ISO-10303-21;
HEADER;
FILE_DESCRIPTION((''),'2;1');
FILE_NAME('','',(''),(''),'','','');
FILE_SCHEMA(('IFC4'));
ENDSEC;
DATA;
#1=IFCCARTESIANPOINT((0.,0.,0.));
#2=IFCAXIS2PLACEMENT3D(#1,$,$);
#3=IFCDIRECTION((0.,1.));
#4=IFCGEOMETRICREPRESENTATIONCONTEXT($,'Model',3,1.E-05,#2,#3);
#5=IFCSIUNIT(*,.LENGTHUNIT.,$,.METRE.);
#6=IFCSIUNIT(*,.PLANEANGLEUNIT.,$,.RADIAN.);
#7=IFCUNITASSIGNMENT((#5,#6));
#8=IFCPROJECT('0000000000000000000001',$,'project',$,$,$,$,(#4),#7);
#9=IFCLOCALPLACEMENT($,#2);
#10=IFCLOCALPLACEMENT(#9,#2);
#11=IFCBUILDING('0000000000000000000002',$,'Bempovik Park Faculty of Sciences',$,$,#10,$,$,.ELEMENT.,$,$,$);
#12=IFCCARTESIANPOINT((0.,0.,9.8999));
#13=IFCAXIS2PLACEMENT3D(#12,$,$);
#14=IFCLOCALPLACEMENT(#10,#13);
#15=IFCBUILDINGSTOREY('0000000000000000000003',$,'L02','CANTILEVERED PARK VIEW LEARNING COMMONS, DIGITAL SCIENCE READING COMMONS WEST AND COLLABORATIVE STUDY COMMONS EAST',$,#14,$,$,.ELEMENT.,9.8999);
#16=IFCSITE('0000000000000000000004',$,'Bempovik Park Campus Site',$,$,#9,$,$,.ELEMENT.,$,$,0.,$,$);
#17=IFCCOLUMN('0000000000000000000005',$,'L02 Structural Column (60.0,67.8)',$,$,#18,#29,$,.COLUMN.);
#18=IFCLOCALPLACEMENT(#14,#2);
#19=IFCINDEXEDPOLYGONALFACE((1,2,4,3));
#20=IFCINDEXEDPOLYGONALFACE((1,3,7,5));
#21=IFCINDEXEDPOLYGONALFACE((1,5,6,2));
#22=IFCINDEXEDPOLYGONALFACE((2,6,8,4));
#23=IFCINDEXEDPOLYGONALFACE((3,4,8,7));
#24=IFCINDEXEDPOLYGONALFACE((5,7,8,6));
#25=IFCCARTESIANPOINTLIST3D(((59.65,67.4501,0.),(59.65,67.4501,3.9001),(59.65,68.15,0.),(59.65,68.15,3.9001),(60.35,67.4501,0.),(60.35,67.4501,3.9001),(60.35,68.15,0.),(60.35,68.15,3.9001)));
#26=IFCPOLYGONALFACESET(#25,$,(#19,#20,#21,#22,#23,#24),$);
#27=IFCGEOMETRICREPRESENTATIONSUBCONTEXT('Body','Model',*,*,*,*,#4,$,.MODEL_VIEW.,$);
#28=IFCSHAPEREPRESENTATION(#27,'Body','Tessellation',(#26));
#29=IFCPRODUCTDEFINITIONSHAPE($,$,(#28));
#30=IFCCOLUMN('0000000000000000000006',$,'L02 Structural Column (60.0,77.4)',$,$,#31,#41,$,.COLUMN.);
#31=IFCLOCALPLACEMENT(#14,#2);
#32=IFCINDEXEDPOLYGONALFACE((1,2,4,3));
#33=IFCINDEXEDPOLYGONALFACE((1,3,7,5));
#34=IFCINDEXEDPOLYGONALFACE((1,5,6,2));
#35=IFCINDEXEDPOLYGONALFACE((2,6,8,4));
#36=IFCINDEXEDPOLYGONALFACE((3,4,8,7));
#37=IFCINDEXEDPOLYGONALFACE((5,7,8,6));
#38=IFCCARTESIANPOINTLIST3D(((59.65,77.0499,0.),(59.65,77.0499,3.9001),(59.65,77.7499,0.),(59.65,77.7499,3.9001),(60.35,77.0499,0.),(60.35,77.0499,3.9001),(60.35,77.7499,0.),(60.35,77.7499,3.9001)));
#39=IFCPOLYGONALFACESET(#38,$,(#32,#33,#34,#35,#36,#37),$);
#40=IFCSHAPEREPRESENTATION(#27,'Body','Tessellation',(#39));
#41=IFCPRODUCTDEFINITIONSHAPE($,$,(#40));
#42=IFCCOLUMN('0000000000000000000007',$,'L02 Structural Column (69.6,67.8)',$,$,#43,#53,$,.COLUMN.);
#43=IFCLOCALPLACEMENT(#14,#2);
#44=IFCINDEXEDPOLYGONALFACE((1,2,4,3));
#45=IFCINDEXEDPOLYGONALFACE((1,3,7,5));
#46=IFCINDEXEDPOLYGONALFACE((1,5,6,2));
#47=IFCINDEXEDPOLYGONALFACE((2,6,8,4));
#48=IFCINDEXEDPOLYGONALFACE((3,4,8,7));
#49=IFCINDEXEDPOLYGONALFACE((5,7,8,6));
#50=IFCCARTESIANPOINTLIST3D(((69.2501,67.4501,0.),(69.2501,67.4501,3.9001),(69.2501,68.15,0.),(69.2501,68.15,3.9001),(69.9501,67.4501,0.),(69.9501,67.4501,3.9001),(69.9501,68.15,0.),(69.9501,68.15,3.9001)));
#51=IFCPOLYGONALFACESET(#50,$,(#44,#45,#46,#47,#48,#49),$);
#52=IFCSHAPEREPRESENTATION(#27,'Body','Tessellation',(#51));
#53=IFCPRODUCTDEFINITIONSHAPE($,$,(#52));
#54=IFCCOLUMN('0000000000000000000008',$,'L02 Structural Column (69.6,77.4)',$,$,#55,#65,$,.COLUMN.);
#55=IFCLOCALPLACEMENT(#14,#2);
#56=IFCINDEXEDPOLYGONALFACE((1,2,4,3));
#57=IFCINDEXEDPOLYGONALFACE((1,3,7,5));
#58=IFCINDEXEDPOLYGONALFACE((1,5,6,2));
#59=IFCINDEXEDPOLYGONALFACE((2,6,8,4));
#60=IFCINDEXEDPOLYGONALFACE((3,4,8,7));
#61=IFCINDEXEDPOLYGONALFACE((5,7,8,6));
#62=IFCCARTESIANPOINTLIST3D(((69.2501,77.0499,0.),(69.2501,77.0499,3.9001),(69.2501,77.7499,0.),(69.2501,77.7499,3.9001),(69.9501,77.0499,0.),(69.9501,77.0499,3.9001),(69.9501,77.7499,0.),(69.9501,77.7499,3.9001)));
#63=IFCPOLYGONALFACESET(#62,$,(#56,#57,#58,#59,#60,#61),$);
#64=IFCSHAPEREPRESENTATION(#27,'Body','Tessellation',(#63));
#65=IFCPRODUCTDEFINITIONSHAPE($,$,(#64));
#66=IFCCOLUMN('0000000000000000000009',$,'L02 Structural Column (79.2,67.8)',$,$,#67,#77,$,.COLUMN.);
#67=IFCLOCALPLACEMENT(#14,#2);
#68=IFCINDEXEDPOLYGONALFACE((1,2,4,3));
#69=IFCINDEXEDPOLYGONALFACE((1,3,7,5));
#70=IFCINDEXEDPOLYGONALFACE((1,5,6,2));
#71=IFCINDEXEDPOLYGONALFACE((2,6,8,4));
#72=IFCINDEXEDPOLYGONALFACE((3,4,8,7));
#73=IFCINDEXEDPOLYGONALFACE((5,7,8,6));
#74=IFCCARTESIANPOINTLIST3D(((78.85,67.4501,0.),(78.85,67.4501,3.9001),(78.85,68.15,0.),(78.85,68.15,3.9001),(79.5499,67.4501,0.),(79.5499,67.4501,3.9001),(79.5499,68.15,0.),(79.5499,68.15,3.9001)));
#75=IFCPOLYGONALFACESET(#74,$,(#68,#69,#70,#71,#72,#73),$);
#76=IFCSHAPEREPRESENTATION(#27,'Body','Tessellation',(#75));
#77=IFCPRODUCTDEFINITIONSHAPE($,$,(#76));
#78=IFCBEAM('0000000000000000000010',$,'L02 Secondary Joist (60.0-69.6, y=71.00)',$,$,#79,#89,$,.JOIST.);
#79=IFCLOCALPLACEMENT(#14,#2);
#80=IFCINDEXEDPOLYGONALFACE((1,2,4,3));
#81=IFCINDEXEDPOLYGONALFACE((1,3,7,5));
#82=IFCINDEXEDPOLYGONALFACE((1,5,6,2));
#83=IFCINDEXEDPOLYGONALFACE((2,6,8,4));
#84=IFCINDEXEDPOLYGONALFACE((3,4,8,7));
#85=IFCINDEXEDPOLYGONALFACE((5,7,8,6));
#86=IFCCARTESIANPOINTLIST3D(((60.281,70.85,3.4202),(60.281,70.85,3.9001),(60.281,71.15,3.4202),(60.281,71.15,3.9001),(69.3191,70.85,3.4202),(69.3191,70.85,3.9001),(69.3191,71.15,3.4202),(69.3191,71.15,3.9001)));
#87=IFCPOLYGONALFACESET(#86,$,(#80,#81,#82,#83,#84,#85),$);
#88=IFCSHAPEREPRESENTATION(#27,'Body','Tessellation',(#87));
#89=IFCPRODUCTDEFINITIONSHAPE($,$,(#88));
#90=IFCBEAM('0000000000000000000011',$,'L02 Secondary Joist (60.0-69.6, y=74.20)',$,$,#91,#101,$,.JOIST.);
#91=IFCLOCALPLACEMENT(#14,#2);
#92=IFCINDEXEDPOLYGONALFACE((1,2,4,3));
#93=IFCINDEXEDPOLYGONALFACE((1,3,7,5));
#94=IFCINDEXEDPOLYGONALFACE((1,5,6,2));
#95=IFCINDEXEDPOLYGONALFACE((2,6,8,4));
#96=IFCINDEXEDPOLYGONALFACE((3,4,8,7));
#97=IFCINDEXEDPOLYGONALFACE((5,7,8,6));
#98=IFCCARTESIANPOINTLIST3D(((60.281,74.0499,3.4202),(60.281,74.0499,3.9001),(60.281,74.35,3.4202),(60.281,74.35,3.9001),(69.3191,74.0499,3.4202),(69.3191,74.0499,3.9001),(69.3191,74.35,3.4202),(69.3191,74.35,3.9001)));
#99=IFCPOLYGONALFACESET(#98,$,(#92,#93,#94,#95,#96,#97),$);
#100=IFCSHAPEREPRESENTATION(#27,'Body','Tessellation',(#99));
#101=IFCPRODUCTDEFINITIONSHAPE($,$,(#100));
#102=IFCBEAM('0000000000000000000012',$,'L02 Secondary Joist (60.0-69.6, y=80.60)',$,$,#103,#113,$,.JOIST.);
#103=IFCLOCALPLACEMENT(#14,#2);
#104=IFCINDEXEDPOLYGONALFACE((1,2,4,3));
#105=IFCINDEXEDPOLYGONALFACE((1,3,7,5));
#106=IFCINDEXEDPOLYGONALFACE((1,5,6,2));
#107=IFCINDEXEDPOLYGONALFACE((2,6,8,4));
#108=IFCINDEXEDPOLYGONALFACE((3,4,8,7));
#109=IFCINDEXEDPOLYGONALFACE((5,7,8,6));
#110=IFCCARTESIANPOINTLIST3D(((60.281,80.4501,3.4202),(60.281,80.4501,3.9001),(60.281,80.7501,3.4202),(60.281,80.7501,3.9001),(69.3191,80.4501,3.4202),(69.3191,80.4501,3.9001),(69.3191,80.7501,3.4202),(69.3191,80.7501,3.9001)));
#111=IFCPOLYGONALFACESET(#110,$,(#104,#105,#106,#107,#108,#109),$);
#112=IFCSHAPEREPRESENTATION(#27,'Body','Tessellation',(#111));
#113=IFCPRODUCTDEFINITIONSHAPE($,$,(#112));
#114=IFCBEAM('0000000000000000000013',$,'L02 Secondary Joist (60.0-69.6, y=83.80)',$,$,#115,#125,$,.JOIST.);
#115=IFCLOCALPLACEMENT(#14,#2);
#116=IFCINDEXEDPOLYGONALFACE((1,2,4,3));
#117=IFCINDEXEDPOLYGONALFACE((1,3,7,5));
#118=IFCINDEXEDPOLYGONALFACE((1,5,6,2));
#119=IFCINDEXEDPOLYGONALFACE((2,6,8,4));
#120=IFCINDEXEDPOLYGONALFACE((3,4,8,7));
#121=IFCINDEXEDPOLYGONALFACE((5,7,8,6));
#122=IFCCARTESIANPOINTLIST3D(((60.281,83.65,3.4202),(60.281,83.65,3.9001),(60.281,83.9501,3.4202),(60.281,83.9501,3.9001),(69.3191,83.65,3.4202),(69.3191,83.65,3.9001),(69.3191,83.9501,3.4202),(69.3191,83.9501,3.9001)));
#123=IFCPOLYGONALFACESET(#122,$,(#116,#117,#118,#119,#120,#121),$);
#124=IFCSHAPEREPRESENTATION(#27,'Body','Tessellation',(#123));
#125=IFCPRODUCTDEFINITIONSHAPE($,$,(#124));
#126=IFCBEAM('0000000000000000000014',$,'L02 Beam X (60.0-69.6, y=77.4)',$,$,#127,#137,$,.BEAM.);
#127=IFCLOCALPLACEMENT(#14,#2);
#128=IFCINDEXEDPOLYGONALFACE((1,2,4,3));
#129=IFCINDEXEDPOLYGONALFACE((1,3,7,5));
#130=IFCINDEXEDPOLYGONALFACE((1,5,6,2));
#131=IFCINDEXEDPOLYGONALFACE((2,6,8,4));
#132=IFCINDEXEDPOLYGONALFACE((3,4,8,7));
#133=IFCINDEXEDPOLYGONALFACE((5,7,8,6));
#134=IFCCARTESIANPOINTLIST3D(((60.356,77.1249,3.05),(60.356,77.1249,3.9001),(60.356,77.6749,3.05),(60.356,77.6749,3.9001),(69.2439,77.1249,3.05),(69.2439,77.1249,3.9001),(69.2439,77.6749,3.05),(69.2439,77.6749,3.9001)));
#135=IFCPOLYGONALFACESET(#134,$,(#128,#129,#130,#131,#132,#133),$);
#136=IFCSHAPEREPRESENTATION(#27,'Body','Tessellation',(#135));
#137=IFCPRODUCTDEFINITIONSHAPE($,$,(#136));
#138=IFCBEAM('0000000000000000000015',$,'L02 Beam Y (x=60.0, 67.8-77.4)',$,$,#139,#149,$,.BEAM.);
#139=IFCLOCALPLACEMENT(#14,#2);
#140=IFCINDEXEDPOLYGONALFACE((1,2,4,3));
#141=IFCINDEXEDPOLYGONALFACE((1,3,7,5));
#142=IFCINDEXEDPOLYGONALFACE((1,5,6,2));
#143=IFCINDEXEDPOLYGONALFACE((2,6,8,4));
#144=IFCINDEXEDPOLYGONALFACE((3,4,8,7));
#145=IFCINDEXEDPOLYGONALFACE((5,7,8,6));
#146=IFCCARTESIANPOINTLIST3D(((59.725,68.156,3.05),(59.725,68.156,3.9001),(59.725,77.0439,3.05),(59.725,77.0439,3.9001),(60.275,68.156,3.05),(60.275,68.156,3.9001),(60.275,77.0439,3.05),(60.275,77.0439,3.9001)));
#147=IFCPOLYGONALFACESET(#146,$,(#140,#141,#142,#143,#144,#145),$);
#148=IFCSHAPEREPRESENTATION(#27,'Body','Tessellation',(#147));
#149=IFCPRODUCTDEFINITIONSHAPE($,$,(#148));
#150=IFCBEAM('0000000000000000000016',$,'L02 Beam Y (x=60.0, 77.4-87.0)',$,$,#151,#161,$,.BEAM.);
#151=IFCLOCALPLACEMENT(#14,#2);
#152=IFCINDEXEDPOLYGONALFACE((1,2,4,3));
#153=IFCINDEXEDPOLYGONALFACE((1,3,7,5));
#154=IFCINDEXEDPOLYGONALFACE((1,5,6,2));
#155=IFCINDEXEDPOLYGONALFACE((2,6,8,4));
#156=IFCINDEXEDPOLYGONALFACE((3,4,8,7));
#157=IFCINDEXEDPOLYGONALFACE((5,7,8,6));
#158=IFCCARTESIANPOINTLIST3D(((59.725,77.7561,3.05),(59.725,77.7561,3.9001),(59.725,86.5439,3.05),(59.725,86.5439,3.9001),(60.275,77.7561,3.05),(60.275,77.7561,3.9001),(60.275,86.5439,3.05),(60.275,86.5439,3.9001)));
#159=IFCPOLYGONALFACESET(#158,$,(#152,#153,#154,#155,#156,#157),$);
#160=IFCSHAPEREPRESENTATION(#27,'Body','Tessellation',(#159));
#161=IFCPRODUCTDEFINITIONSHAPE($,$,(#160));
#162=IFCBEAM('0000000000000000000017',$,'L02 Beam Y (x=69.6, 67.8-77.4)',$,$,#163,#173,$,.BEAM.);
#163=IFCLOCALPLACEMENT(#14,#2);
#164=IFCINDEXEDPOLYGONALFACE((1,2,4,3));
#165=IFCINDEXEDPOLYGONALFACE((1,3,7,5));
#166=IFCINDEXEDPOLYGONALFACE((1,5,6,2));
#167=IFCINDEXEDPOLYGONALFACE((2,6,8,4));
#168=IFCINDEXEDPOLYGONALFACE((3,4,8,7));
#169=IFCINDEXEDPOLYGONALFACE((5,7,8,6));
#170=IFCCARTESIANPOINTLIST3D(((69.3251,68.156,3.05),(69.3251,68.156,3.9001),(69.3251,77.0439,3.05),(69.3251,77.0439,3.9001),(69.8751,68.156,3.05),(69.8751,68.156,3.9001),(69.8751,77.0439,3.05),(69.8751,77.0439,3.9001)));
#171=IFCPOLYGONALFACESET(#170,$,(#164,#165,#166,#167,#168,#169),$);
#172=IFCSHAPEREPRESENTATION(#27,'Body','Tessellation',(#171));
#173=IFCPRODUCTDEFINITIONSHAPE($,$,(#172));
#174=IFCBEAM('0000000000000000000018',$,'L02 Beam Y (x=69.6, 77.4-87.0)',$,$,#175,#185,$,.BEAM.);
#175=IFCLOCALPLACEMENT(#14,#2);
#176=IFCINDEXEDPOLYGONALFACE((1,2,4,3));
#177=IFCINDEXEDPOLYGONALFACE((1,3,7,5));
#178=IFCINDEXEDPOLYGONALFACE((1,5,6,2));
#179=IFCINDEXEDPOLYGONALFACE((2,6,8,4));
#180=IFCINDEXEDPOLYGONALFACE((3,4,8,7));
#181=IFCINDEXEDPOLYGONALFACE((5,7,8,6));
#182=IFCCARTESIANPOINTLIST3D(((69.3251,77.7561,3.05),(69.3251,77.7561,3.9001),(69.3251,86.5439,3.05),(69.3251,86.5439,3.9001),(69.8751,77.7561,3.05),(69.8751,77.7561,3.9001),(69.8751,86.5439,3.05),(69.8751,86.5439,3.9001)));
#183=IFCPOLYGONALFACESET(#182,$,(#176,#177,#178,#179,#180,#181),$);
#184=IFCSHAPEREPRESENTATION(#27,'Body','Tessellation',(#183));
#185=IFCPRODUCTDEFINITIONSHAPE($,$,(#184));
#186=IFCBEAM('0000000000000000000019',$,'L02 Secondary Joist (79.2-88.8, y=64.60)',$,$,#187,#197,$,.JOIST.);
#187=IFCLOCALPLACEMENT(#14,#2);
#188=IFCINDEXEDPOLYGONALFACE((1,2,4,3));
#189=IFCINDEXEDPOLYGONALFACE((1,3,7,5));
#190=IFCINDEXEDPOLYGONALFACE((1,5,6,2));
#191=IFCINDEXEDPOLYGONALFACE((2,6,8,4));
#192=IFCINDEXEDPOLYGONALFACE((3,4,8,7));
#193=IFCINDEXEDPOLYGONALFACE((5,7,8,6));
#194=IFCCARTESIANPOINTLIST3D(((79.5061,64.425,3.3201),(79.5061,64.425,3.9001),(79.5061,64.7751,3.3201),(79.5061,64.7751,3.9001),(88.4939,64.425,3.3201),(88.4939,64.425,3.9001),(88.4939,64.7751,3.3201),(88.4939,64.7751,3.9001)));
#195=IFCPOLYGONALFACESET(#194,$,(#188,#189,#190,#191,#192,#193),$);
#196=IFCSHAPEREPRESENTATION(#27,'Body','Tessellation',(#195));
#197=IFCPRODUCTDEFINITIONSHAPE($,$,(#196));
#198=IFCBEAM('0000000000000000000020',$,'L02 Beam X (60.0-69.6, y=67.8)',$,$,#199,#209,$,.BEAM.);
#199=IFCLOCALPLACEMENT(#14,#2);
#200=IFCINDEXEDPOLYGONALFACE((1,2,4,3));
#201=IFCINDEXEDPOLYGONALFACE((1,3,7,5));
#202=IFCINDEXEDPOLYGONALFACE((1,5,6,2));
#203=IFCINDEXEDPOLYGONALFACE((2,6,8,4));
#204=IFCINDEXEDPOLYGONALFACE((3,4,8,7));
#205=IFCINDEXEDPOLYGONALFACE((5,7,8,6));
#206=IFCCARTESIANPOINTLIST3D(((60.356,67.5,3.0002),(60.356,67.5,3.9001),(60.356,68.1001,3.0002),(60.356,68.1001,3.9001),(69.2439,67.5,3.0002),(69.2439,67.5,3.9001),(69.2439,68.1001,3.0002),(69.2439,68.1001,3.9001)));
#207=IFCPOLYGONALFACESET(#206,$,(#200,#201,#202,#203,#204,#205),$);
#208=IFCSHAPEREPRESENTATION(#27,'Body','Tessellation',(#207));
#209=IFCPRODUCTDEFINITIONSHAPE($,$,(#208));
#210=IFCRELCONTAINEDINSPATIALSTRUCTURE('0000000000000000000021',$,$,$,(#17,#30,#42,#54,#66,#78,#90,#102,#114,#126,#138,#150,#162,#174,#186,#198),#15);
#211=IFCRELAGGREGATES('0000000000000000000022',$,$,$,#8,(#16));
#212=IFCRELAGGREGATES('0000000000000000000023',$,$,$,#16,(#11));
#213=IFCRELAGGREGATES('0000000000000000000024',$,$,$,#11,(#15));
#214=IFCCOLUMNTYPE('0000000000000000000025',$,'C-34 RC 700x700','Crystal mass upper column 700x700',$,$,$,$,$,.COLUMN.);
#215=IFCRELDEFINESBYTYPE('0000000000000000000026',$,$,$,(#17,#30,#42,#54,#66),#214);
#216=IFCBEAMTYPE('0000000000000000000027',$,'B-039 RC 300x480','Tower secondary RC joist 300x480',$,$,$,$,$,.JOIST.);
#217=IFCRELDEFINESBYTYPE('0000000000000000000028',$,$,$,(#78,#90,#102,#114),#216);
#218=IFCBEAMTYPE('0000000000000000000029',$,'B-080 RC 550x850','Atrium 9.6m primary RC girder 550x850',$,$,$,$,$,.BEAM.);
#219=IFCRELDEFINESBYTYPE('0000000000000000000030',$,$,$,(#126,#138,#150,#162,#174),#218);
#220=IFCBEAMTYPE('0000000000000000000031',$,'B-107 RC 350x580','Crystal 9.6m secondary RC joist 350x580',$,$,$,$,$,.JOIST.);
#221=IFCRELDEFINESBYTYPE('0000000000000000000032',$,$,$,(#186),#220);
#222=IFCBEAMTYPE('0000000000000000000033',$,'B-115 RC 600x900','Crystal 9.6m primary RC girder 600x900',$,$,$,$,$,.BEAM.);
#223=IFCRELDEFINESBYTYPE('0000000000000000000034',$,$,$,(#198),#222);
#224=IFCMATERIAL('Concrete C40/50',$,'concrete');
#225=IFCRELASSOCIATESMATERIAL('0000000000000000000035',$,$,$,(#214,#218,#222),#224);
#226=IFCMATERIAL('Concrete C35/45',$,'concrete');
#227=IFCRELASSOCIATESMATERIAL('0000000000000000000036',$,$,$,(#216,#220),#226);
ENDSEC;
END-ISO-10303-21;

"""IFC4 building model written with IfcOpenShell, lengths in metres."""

from ifc_helpers import new_model, si_unit, direction, frame, origin, origin_2d, place, context, subcontext, project, spatial, rectangle, extrude, material, material_profile, profile_set, type_object, element, save


model = new_model("IFC4")

# Units and contexts
model_context = context("Model", 3, precision=1e-05, world=origin(), true_north=direction((0.0, 1.0)))
body_context = subcontext(model_context, "Body", "Model", "MODEL_VIEW")
ifc_project = project(units=[si_unit("LENGTHUNIT", "METRE"), si_unit("PLANEANGLEUNIT", "RADIAN")], contexts=[model_context])

# Site, building, storey
site_placement = place(None, origin())
site = spatial("IfcSite", under=ifc_project, at=site_placement, Name="Bempovik Park Campus Site", CompositionType="ELEMENT", RefElevation=0.0)
building_placement = place(site_placement, origin())
building = spatial("IfcBuilding", under=site, at=building_placement, Name="Bempovik Park Faculty of Sciences", CompositionType="ELEMENT")
storey_placement = place(building_placement, frame((0.0, 0.0, 9.8999)))
storey = spatial("IfcBuildingStorey", under=building, at=storey_placement, Name="L02", Description="CANTILEVERED PARK VIEW LEARNING COMMONS, DIGITAL SCIENCE READING COMMONS WEST AND COLLABORATIVE STUDY COMMONS EAST", CompositionType="ELEMENT", Elevation=9.8999)

# Columns
ifc_material_1 = material(Name="Concrete C40/50", Category="concrete")
ifc_material_profile_1 = material_profile(ifc_material_1, rectangle(XDim=0.7, YDim=0.7, at=origin_2d()), Name="RC 700x700")
ifc_profile_set_1 = profile_set([ifc_material_profile_1], Name="Concrete C40/50")
column_type = type_object("IfcColumnType", Name="C-34 RC 700x700", Description="Crystal mass upper column 700x700", PredefinedType="COLUMN", material=ifc_profile_set_1)
for number, where, z_axis, x_axis, name in (
    (1, (60.0, 67.8, 0.0), (0.0, 0.0, 1.0), (1.0, 0.0, 0.0), "L02 Structural Column (60.0,67.8)"),
    (2, (60.0, 77.3999, 0.0), (0.0, 0.0, 1.0), (1.0, 0.0, 0.0), "L02 Structural Column (60.0,77.4)"),
    (3, (69.6001, 67.8, 0.0), (0.0, 0.0, 1.0), (1.0, 0.0, 0.0), "L02 Structural Column (69.6,67.8)"),
    (4, (69.6001, 77.3999, 0.0), (0.0, 0.0, 1.0), (1.0, 0.0, 0.0), "L02 Structural Column (69.6,77.4)"),
    (5, (79.2, 67.8, 0.0), (0.0, 0.0, 1.0), (1.0, 0.0, 0.0), "L02 Structural Column (79.2,67.8)"),
):
    element("IfcColumn", number, at=place(storey_placement, frame(where, z_axis=z_axis, x_axis=x_axis)), inside=storey, type_object=column_type, Name=name, PredefinedType="COLUMN", context=body_context, shape_type="SweptSolid", body=[
        extrude(rectangle(XDim=0.7, YDim=0.7, at=origin_2d()), origin(), (0.0, 0.0, 1.0), 3.9001),
    ])

# Beams
ifc_material_2 = material(Name="Concrete C35/45", Category="concrete")
ifc_material_profile_2 = material_profile(ifc_material_2, rectangle(XDim=0.3, YDim=0.48, at=origin_2d()), Name="RC 300x480")
ifc_profile_set_2 = profile_set([ifc_material_profile_2], Name="Concrete C35/45")
beam_type_1 = type_object("IfcBeamType", Name="B-039 RC 300x480", Description="Tower secondary RC joist 300x480", PredefinedType="JOIST", material=ifc_profile_set_2)
for number, where, z_axis, x_axis, name in (
    (6, (60.281, 71.0, 3.6602), (1.0, 0.0, 0.0), (0.0, 1.0, 0.0), "L02 Secondary Joist (60.0-69.6, y=71.00)"),
    (7, (60.281, 74.2, 3.6602), (1.0, 0.0, 0.0), (0.0, 1.0, 0.0), "L02 Secondary Joist (60.0-69.6, y=74.20)"),
    (8, (60.281, 80.6001, 3.6602), (1.0, 0.0, 0.0), (0.0, 1.0, 0.0), "L02 Secondary Joist (60.0-69.6, y=80.60)"),
    (9, (60.281, 83.8, 3.6602), (1.0, 0.0, 0.0), (0.0, 1.0, 0.0), "L02 Secondary Joist (60.0-69.6, y=83.80)"),
):
    element("IfcBeam", number, at=place(storey_placement, frame(where, z_axis=z_axis, x_axis=x_axis)), inside=storey, type_object=beam_type_1, Name=name, PredefinedType="JOIST", context=body_context, shape_type="SweptSolid", body=[
        extrude(rectangle(XDim=0.3, YDim=0.48, at=origin_2d()), origin(), (0.0, 0.0, 1.0), 9.0381),
    ])
ifc_material_profile_3 = material_profile(ifc_material_1, rectangle(XDim=0.55, YDim=0.8501, at=origin_2d()), Name="RC 550x850")
ifc_profile_set_3 = profile_set([ifc_material_profile_3], Name="Concrete C40/50")
beam_type_2 = type_object("IfcBeamType", Name="B-080 RC 550x850", Description="Atrium 9.6m primary RC girder 550x850", PredefinedType="BEAM", material=ifc_profile_set_3)
for number, where, z_axis, x_axis, name in (
    (10, (60.356, 77.3999, 3.4751), (1.0, 0.0, 0.0), (0.0, 1.0, 0.0), "L02 Beam X (60.0-69.6, y=77.4)"),
    (11, (60.0, 68.156, 3.4751), (0.0, 1.0, 0.0), (-1.0, 0.0, 0.0), "L02 Beam Y (x=60.0, 67.8-77.4)"),
):
    element("IfcBeam", number, at=place(storey_placement, frame(where, z_axis=z_axis, x_axis=x_axis)), inside=storey, type_object=beam_type_2, Name=name, PredefinedType="BEAM", context=body_context, shape_type="SweptSolid", body=[
        extrude(rectangle(XDim=0.55, YDim=0.8501, at=origin_2d()), origin(), (0.0, 0.0, 1.0), 8.8879),
    ])
beam_1_placement = place(storey_placement, frame((60.0, 77.7561, 3.4751), z_axis=(0.0, 1.0, 0.0), x_axis=(-1.0, 0.0, 0.0)))
element("IfcBeam", 12, at=beam_1_placement, inside=storey, type_object=beam_type_2, Name="L02 Beam Y (x=60.0, 77.4-87.0)", PredefinedType="BEAM", context=body_context, shape_type="SweptSolid", body=[
    extrude(rectangle(XDim=0.55, YDim=0.8501, at=origin_2d()), origin(), (0.0, 0.0, 1.0), 8.7878),
])
beam_2_placement = place(storey_placement, frame((69.6001, 68.156, 3.4751), z_axis=(0.0, 1.0, 0.0), x_axis=(-1.0, 0.0, 0.0)))
element("IfcBeam", 13, at=beam_2_placement, inside=storey, type_object=beam_type_2, Name="L02 Beam Y (x=69.6, 67.8-77.4)", PredefinedType="BEAM", context=body_context, shape_type="SweptSolid", body=[
    extrude(rectangle(XDim=0.55, YDim=0.8501, at=origin_2d()), origin(), (0.0, 0.0, 1.0), 8.8879),
])
beam_3_placement = place(storey_placement, frame((69.6001, 77.7561, 3.4751), z_axis=(0.0, 1.0, 0.0), x_axis=(-1.0, 0.0, 0.0)))
element("IfcBeam", 14, at=beam_3_placement, inside=storey, type_object=beam_type_2, Name="L02 Beam Y (x=69.6, 77.4-87.0)", PredefinedType="BEAM", context=body_context, shape_type="SweptSolid", body=[
    extrude(rectangle(XDim=0.55, YDim=0.8501, at=origin_2d()), origin(), (0.0, 0.0, 1.0), 8.7878),
])
ifc_material_profile_4 = material_profile(ifc_material_2, rectangle(XDim=0.3501, YDim=0.5801, at=origin_2d()), Name="RC 350x580")
ifc_profile_set_4 = profile_set([ifc_material_profile_4], Name="Concrete C35/45")
beam_type_3 = type_object("IfcBeamType", Name="B-107 RC 350x580", Description="Crystal 9.6m secondary RC joist 350x580", PredefinedType="JOIST", material=ifc_profile_set_4)
beam_4_placement = place(storey_placement, frame((79.5061, 64.6001, 3.6101), z_axis=(1.0, 0.0, 0.0), x_axis=(0.0, 1.0, 0.0)))
element("IfcBeam", 15, at=beam_4_placement, inside=storey, type_object=beam_type_3, Name="L02 Secondary Joist (79.2-88.8, y=64.60)", PredefinedType="JOIST", context=body_context, shape_type="SweptSolid", body=[
    extrude(rectangle(XDim=0.3501, YDim=0.5801, at=origin_2d()), origin(), (0.0, 0.0, 1.0), 8.9878),
])
ifc_material_profile_5 = material_profile(ifc_material_1, rectangle(XDim=0.6001, YDim=0.8999, at=origin_2d()), Name="RC 600x900")
ifc_profile_set_5 = profile_set([ifc_material_profile_5], Name="Concrete C40/50")
beam_type_4 = type_object("IfcBeamType", Name="B-115 RC 600x900", Description="Crystal 9.6m primary RC girder 600x900", PredefinedType="BEAM", material=ifc_profile_set_5)
for number, where, z_axis, x_axis, name in (
    (16, (60.356, 67.8, 3.4502), (1.0, 0.0, 0.0), (0.0, 1.0, 0.0), "L02 Beam X (60.0-69.6, y=67.8)"),
):
    element("IfcBeam", number, at=place(storey_placement, frame(where, z_axis=z_axis, x_axis=x_axis)), inside=storey, type_object=beam_type_4, Name=name, PredefinedType="BEAM", context=body_context, shape_type="SweptSolid", body=[
        extrude(rectangle(XDim=0.6001, YDim=0.8999, at=origin_2d()), origin(), (0.0, 0.0, 1.0), 8.8879),
    ])

save(model, "model.ifc")
